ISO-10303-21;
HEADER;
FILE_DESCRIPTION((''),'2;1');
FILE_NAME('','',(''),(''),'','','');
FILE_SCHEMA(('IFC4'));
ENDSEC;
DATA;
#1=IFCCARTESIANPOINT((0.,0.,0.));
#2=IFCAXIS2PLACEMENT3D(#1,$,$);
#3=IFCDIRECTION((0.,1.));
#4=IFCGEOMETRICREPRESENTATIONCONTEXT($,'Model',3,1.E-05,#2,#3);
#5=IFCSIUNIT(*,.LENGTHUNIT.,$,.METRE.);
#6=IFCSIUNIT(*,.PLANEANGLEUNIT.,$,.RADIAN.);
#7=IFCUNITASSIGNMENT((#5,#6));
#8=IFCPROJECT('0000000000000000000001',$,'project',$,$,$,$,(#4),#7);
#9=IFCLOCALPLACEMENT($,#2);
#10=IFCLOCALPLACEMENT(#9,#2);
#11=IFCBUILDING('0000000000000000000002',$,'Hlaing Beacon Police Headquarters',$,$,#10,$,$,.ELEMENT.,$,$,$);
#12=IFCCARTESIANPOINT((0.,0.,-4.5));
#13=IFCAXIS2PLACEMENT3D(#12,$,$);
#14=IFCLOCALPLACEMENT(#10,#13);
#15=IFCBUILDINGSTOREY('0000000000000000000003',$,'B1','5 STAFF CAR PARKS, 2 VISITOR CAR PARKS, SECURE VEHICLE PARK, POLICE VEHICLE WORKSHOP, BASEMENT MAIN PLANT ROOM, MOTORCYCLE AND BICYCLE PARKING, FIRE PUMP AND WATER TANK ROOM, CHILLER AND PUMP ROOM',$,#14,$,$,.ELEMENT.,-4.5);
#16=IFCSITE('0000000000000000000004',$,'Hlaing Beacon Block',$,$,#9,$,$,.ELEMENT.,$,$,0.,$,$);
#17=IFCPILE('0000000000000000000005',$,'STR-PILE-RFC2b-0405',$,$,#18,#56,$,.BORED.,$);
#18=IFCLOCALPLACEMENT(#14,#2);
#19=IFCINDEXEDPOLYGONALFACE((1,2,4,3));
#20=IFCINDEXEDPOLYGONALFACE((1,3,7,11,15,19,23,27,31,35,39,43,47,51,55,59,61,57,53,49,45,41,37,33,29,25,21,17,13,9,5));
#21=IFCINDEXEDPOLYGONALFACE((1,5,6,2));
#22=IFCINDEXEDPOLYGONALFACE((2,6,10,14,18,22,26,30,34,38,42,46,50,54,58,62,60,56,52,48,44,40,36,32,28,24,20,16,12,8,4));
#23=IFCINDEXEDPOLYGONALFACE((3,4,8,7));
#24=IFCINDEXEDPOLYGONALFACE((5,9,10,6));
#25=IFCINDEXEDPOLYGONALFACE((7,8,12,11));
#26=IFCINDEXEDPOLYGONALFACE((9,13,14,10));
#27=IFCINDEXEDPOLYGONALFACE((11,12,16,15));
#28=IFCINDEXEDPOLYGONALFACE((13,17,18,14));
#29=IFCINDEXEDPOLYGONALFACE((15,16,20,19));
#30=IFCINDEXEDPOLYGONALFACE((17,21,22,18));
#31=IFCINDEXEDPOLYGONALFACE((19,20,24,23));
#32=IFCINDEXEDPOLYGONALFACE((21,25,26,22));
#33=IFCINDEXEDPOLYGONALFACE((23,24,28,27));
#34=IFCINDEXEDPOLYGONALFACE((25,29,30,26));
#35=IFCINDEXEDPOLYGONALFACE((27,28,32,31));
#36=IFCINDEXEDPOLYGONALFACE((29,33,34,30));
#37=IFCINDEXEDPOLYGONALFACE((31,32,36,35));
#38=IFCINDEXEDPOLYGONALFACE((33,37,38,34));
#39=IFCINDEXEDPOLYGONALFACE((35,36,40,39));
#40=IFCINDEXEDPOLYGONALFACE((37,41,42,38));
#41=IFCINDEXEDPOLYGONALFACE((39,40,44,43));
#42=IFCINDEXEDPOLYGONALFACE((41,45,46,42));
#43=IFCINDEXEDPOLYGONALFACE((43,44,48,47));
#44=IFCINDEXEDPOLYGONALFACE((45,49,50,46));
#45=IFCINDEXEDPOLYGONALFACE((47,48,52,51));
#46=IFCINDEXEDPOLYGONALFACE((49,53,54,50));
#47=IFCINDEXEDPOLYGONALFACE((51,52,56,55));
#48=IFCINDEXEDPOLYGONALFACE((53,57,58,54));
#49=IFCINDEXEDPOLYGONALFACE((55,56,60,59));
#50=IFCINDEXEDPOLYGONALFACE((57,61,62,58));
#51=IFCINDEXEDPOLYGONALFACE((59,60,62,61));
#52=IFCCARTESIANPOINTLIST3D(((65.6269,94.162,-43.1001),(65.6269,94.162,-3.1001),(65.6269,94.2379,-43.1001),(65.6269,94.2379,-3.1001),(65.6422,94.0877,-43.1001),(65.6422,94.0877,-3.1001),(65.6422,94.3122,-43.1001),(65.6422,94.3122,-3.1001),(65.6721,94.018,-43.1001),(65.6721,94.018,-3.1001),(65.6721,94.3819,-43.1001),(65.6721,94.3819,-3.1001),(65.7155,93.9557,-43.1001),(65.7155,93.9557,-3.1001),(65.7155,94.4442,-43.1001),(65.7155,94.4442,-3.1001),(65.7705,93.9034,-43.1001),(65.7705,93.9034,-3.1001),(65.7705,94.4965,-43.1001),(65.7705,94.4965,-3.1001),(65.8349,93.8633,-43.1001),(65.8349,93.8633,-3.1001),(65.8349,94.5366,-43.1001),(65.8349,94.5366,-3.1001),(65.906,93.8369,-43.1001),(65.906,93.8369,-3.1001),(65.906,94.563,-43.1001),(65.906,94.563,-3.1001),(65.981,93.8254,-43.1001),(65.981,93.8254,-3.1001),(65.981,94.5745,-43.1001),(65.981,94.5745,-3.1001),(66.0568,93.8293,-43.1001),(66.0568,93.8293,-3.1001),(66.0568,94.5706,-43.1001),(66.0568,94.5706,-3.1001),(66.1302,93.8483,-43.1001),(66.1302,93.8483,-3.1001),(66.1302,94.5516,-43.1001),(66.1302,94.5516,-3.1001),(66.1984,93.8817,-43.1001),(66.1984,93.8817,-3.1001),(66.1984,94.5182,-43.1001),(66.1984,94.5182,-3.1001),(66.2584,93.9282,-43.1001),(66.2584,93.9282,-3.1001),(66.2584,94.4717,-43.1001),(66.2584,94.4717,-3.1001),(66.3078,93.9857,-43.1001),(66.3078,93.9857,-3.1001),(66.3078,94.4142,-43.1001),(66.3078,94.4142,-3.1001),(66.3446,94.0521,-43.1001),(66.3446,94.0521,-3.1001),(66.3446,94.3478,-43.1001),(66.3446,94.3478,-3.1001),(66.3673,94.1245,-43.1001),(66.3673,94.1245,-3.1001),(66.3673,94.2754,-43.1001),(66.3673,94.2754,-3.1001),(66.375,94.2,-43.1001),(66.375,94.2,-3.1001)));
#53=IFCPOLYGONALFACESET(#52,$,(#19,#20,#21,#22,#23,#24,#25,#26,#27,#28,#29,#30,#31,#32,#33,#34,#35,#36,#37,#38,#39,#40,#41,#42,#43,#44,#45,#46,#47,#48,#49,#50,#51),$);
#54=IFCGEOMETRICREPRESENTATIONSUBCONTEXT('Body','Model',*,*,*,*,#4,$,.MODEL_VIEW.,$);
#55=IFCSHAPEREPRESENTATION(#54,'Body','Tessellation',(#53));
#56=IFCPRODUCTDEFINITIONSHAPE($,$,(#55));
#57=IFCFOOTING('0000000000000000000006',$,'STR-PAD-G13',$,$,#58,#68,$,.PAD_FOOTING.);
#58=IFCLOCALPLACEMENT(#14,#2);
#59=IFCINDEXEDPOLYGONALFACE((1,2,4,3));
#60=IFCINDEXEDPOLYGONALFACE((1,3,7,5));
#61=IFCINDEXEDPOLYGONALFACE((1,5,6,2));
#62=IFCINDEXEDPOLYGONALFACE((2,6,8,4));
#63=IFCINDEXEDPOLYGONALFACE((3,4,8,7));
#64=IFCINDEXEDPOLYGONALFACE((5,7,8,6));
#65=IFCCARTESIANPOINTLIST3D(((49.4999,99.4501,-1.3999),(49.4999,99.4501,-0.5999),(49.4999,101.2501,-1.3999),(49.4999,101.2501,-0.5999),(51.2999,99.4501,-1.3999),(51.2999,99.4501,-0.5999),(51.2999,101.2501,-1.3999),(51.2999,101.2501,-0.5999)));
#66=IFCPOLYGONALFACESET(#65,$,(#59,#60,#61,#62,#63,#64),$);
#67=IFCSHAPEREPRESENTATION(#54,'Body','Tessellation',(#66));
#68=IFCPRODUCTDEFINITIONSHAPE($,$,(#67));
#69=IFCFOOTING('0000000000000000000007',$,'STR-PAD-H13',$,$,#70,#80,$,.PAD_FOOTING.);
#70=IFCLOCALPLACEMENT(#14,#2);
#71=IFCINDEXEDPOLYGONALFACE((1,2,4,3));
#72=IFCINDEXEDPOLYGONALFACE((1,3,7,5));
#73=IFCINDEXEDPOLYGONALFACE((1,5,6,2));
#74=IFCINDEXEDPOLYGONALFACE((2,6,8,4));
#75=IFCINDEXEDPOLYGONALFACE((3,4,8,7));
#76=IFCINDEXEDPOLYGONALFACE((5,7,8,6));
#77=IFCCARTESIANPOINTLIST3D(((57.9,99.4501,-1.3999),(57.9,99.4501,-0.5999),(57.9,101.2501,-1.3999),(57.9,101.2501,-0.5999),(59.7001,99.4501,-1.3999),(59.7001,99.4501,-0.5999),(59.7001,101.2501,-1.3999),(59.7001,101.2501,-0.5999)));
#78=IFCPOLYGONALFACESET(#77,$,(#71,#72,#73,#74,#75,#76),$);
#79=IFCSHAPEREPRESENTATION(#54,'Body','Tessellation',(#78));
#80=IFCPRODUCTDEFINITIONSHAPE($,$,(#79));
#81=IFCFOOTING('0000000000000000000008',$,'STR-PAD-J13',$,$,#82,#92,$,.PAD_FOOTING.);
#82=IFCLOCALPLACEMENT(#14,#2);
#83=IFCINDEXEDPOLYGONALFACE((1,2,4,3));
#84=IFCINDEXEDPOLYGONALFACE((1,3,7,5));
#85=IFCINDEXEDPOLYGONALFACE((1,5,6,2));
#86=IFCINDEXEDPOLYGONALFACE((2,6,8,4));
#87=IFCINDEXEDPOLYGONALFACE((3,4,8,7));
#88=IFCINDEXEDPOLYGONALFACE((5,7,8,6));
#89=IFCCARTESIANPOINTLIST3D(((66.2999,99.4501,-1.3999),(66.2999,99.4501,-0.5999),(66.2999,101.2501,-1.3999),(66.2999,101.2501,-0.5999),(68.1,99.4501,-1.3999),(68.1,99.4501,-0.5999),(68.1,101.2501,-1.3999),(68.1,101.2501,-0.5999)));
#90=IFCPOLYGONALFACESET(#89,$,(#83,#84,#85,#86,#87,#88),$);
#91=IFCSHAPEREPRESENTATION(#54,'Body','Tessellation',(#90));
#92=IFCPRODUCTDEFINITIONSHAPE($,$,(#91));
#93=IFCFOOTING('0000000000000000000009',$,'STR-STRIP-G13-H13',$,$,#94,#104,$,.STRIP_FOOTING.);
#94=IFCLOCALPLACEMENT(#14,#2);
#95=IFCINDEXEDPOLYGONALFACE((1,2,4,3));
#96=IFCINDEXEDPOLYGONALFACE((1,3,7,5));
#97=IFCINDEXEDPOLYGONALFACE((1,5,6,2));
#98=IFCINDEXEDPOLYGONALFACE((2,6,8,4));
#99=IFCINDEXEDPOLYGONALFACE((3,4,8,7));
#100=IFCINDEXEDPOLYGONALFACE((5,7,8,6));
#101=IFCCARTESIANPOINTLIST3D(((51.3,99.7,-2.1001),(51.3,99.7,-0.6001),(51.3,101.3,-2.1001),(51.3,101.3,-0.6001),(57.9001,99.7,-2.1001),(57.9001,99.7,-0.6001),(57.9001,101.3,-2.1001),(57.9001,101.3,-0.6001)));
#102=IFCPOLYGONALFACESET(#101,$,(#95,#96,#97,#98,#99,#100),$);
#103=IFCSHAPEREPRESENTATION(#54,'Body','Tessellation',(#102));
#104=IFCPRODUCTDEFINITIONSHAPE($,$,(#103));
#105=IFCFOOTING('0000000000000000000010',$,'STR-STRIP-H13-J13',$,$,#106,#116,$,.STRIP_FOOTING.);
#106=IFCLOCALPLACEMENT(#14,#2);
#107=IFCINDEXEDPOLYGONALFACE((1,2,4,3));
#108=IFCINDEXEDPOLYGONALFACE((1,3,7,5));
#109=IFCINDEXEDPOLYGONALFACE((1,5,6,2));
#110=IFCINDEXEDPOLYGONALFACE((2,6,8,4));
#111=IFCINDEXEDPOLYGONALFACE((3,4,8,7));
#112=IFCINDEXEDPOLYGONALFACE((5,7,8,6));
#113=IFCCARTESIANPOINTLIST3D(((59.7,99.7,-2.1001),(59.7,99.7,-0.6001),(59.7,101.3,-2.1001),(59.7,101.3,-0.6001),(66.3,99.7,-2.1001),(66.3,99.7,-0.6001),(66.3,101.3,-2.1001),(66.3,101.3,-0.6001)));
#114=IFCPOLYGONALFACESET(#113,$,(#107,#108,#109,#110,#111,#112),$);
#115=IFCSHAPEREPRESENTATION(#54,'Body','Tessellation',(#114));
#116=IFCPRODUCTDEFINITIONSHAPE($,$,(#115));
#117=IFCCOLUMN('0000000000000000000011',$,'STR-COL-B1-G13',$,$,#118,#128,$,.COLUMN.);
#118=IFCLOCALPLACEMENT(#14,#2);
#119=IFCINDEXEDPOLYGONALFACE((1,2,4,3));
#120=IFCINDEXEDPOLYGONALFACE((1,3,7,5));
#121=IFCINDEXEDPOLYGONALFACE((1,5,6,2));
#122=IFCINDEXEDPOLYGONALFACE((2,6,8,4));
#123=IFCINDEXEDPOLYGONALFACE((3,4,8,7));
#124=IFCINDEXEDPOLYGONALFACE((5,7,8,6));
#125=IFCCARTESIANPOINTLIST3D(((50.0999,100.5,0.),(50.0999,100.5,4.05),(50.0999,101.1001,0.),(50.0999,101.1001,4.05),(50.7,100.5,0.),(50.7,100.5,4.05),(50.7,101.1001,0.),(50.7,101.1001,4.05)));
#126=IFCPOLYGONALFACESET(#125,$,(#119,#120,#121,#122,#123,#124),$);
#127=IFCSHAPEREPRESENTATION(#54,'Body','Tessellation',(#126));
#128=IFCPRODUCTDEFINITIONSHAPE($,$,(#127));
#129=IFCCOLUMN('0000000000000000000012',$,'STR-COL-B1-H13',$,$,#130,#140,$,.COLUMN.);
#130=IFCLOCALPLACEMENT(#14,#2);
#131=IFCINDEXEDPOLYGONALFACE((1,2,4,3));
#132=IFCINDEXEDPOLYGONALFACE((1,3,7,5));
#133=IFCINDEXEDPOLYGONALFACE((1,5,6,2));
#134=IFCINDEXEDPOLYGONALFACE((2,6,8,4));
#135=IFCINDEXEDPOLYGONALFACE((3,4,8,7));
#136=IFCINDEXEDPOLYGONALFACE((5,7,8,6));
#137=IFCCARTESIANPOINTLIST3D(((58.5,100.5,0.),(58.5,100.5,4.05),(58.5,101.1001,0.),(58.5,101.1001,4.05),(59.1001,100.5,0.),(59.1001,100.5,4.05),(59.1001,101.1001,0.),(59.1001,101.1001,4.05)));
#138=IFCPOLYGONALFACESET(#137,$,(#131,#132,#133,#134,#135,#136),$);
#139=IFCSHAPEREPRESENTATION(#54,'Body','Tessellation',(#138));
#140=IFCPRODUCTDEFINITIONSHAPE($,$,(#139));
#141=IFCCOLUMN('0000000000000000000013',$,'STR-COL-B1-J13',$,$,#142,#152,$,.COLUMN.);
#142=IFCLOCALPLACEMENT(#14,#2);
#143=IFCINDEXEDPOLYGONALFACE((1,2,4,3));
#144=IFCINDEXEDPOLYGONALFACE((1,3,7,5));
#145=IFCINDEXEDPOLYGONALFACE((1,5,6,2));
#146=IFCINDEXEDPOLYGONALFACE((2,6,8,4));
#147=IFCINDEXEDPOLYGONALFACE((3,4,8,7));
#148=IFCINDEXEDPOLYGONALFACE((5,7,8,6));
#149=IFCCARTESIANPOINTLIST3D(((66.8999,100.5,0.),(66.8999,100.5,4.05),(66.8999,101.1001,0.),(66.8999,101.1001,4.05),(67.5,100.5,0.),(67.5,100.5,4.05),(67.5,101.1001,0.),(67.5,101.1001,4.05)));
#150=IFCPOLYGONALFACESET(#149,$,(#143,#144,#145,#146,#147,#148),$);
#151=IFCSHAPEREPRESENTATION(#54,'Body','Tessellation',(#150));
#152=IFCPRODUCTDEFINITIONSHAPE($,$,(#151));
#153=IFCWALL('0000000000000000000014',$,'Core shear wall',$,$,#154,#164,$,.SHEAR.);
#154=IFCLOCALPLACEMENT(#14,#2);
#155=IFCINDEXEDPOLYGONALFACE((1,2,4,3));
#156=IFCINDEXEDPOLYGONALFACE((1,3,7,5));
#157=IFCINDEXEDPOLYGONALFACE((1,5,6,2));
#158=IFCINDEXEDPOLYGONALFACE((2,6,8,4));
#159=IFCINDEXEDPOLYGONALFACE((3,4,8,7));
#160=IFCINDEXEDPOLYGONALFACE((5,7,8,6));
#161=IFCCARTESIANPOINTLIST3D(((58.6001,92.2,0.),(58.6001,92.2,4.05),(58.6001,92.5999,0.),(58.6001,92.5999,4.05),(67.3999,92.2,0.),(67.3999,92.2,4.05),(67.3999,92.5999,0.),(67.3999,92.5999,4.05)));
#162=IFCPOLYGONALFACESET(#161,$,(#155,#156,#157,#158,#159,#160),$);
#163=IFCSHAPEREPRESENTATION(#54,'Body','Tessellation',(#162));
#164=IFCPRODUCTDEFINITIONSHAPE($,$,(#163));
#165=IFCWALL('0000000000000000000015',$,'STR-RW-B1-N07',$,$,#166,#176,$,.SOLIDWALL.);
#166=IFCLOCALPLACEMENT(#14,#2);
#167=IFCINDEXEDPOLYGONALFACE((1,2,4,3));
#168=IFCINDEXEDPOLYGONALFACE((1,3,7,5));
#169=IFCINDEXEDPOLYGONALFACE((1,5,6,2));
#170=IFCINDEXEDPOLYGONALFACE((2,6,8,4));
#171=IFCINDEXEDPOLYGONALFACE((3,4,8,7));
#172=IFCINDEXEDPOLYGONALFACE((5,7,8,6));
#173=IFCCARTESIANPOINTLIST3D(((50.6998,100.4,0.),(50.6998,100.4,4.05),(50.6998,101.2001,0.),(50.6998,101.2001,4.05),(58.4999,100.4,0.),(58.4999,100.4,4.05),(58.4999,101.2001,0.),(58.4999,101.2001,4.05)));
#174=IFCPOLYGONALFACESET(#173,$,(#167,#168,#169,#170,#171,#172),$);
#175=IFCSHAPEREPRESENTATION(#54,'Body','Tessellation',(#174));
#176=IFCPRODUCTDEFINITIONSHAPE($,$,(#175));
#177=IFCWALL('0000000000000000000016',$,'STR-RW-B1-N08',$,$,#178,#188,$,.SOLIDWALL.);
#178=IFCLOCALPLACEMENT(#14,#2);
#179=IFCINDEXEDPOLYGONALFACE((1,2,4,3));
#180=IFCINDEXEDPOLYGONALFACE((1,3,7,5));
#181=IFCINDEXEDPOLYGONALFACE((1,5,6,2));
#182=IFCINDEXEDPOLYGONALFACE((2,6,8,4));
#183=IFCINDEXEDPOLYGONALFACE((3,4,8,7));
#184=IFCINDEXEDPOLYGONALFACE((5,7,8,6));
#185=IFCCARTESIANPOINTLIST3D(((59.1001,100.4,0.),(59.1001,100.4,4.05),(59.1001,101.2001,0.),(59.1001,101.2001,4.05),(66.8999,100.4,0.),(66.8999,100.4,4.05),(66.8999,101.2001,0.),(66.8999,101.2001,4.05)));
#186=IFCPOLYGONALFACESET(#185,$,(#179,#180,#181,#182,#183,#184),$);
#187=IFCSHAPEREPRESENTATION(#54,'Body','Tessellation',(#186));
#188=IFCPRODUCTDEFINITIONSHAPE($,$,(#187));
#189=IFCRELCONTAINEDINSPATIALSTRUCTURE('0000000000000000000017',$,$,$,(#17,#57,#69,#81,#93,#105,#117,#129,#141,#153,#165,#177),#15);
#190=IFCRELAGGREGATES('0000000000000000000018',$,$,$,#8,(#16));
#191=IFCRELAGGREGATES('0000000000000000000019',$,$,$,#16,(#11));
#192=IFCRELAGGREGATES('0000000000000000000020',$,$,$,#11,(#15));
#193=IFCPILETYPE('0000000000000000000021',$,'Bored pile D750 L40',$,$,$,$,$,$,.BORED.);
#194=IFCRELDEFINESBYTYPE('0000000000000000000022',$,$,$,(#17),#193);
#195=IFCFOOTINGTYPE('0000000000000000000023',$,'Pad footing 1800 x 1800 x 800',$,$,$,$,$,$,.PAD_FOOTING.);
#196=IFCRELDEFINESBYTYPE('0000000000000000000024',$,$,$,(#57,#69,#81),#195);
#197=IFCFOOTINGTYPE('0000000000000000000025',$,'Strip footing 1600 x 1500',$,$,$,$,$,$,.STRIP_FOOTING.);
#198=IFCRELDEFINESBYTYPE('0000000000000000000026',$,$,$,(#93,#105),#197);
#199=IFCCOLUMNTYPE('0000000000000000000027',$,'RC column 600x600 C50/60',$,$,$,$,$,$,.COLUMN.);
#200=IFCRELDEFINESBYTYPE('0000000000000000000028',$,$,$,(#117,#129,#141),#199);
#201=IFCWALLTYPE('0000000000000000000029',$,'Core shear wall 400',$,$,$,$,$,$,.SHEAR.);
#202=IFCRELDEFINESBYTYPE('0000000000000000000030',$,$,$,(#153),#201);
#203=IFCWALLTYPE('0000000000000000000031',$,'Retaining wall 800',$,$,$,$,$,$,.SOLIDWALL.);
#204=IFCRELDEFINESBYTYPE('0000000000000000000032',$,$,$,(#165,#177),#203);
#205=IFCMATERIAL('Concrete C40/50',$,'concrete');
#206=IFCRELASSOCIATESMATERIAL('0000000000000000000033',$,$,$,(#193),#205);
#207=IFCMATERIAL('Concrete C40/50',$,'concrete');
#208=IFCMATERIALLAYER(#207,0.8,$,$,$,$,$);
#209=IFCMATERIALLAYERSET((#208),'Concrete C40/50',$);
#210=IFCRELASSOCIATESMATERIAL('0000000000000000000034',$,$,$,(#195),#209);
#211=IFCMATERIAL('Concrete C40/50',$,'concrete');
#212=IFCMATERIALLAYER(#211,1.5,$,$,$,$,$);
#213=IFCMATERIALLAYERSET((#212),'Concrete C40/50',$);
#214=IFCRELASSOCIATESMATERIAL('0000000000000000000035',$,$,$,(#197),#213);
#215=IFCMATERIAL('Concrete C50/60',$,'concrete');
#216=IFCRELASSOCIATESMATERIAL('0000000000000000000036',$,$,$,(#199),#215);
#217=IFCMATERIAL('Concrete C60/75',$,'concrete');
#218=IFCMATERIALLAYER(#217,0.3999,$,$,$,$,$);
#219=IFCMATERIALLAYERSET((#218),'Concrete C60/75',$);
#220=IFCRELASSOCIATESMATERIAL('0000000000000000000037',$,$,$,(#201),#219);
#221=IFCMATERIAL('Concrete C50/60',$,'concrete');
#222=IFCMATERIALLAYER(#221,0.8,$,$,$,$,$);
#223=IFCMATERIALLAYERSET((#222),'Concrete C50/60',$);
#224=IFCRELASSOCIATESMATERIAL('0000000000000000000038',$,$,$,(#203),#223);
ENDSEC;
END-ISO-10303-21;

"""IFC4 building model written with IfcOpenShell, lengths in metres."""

from ifc_helpers import new_model, si_unit, direction, frame, frame_2d, origin, origin_2d, place, context, subcontext, project, spatial, rectangle, circle, extrude, material, layer, layer_set, material_profile, profile_set, type_object, element, save


model = new_model("IFC4")

# Units and contexts
model_context = context("Model", 3, precision=1e-05, world=origin(), true_north=direction((0.0, 1.0)))
body_context = subcontext(model_context, "Body", "Model", "MODEL_VIEW")
ifc_project = project(units=[si_unit("LENGTHUNIT", "METRE"), si_unit("PLANEANGLEUNIT", "RADIAN")], contexts=[model_context])

# Site, building, storey
site_placement = place(None, origin())
site = spatial("IfcSite", under=ifc_project, at=site_placement, Name="Hlaing Beacon Block", CompositionType="ELEMENT", RefElevation=0.0)
building_placement = place(site_placement, origin())
building = spatial("IfcBuilding", under=site, at=building_placement, Name="Hlaing Beacon Police Headquarters", CompositionType="ELEMENT")
storey_placement = place(building_placement, frame((0.0, 0.0, -4.5)))
storey = spatial("IfcBuildingStorey", under=building, at=storey_placement, Name="B1", Description="5 STAFF CAR PARKS, 2 VISITOR CAR PARKS, SECURE VEHICLE PARK, POLICE VEHICLE WORKSHOP, BASEMENT MAIN PLANT ROOM, MOTORCYCLE AND BICYCLE PARKING, FIRE PUMP AND WATER TANK ROOM, CHILLER AND PUMP ROOM", CompositionType="ELEMENT", Elevation=-4.5)

# Pile
ifc_material_1 = material(Name="Concrete C40/50", Category="concrete")
ifc_material_profile_1 = material_profile(ifc_material_1, circle(Radius=0.375, at=origin_2d()), Name="D750")
ifc_profile_set_1 = profile_set([ifc_material_profile_1], Name="Concrete C40/50")
pile_type_1 = type_object("IfcPileType", Name="Bored pile D750 L40", PredefinedType="BORED", material=ifc_profile_set_1)
for number, where, z_axis, x_axis, name in (
    (1, (66.0, 94.2, -3.1001), (0.0, 0.0, -1.0), (1.0, 0.0, 0.0), "STR-PILE-RFC2b-0405"),
):
    element("IfcPile", number, at=place(storey_placement, frame(where, z_axis=z_axis, x_axis=x_axis)), inside=storey, type_object=pile_type_1, Name=name, PredefinedType="BORED", context=body_context, shape_type="SweptSolid", body=[
        extrude(circle(Radius=0.375, at=origin_2d()), origin(), (0.0, 0.0, 1.0), 40.0),
    ])

# Footings
ifc_material_2 = material(Name="Concrete C40/50", Category="concrete")
ifc_layer_1 = layer(ifc_material_2, 0.8)
ifc_layer_set_1 = layer_set([ifc_layer_1], Name="Concrete C40/50")
footing_type_1 = type_object("IfcFootingType", Name="Pad footing 1800 x 1800 x 800", PredefinedType="PAD_FOOTING", material=ifc_layer_set_1)
for number, where, z_axis, x_axis, name in (
    (2, (50.3999, 100.3501, -1.3999), (0.0, 0.0, 1.0), (1.0, 0.0, 0.0), "STR-PAD-G13"),
    (3, (58.8, 100.3501, -1.3999), (0.0, 0.0, 1.0), (1.0, 0.0, 0.0), "STR-PAD-H13"),
    (4, (67.2, 100.3501, -1.3999), (0.0, 0.0, 1.0), (1.0, 0.0, 0.0), "STR-PAD-J13"),
):
    element("IfcFooting", number, at=place(storey_placement, frame(where, z_axis=z_axis, x_axis=x_axis)), inside=storey, type_object=footing_type_1, Name=name, PredefinedType="PAD_FOOTING", context=body_context, shape_type="SweptSolid", body=[
        extrude(rectangle(XDim=1.8, YDim=1.8, at=origin_2d()), origin(), (0.0, 0.0, 1.0), 0.8),
    ])
ifc_material_3 = material(Name="Concrete C40/50", Category="concrete")
ifc_layer_2 = layer(ifc_material_3, 1.5)
ifc_layer_set_2 = layer_set([ifc_layer_2], Name="Concrete C40/50")
footing_type_2 = type_object("IfcFootingType", Name="Strip footing 1600 x 1500", PredefinedType="STRIP_FOOTING", material=ifc_layer_set_2)
for number, where, z_axis, x_axis, name in (
    (5, (54.6001, 100.5, -2.1001), (0.0, 0.0, 1.0), (1.0, 0.0, 0.0), "STR-STRIP-G13-H13"),
    (6, (63.0, 100.5, -2.1001), (0.0, 0.0, 1.0), (1.0, 0.0, 0.0), "STR-STRIP-H13-J13"),
):
    element("IfcFooting", number, at=place(storey_placement, frame(where, z_axis=z_axis, x_axis=x_axis)), inside=storey, type_object=footing_type_2, Name=name, PredefinedType="STRIP_FOOTING", context=body_context, shape_type="SweptSolid", body=[
        extrude(rectangle(XDim=6.6001, YDim=1.6001, at=origin_2d()), origin(), (0.0, 0.0, 1.0), 1.5),
    ])

# Columns
ifc_material_4 = material(Name="Concrete C50/60", Category="concrete")
ifc_material_profile_2 = material_profile(ifc_material_4, rectangle(XDim=0.6001, YDim=0.6001, at=origin_2d()), Name="600x600")
ifc_profile_set_2 = profile_set([ifc_material_profile_2], Name="Concrete C50/60")
column_type = type_object("IfcColumnType", Name="RC column 600x600 C50/60", PredefinedType="COLUMN", material=ifc_profile_set_2)
for number, where, z_axis, x_axis, name in (
    (7, (50.3999, 100.8, 0.0), (0.0, 0.0, 1.0), (1.0, 0.0, 0.0), "STR-COL-B1-G13"),
    (8, (58.8, 100.8, 0.0), (0.0, 0.0, 1.0), (1.0, 0.0, 0.0), "STR-COL-B1-H13"),
    (9, (67.2, 100.8, 0.0), (0.0, 0.0, 1.0), (1.0, 0.0, 0.0), "STR-COL-B1-J13"),
):
    element("IfcColumn", number, at=place(storey_placement, frame(where, z_axis=z_axis, x_axis=x_axis)), inside=storey, type_object=column_type, Name=name, PredefinedType="COLUMN", context=body_context, shape_type="SweptSolid", body=[
        extrude(rectangle(XDim=0.6001, YDim=0.6001, at=origin_2d()), origin(), (0.0, 0.0, 1.0), 4.05),
    ])

# Walls
ifc_material_5 = material(Name="Concrete C60/75", Category="concrete")
ifc_layer_3 = layer(ifc_material_5, 0.3999)
ifc_layer_set_3 = layer_set([ifc_layer_3], Name="Concrete C60/75")
wall_type_1 = type_object("IfcWallType", Name="Core shear wall 400", PredefinedType="SHEAR", material=ifc_layer_set_3)
wall_1_placement = place(storey_placement, frame((58.6001, 92.3999, 0.0), z_axis=(0.0, 0.0, 1.0), x_axis=(1.0, 0.0, 0.0)))
element("IfcWall", 10, at=wall_1_placement, inside=storey, type_object=wall_type_1, Name="Core shear wall", PredefinedType="SHEAR", context=body_context, shape_type="SweptSolid", body=[
    extrude(rectangle(XDim=8.7998, YDim=0.3999, at=frame_2d((4.3999, 0.0))), origin(), (0.0, 0.0, 1.0), 4.05),
])
ifc_material_6 = material(Name="Concrete C50/60", Category="concrete")
ifc_layer_4 = layer(ifc_material_6, 0.8)
ifc_layer_set_4 = layer_set([ifc_layer_4], Name="Concrete C50/60")
wall_type_2 = type_object("IfcWallType", Name="Retaining wall 800", PredefinedType="SOLIDWALL", material=ifc_layer_set_4)
wall_2_placement = place(storey_placement, frame((50.7, 100.8, 0.0), z_axis=(0.0, 0.0, 1.0), x_axis=(1.0, 0.0, 0.0)))
element("IfcWall", 11, at=wall_2_placement, inside=storey, type_object=wall_type_2, Name="STR-RW-B1-N07", PredefinedType="SOLIDWALL", context=body_context, shape_type="SweptSolid", body=[
    extrude(rectangle(XDim=7.8, YDim=0.8, at=frame_2d((3.8999, 0.0))), origin(), (0.0, 0.0, 1.0), 4.05),
])
wall_3_placement = place(storey_placement, frame((59.1001, 100.8, 0.0), z_axis=(0.0, 0.0, 1.0), x_axis=(1.0, 0.0, 0.0)))
element("IfcWall", 12, at=wall_3_placement, inside=storey, type_object=wall_type_2, Name="STR-RW-B1-N08", PredefinedType="SOLIDWALL", context=body_context, shape_type="SweptSolid", body=[
    extrude(rectangle(XDim=7.7998, YDim=0.8, at=frame_2d((3.8999, 0.0))), origin(), (0.0, 0.0, 1.0), 4.05),
])

save(model, "model.ifc")
